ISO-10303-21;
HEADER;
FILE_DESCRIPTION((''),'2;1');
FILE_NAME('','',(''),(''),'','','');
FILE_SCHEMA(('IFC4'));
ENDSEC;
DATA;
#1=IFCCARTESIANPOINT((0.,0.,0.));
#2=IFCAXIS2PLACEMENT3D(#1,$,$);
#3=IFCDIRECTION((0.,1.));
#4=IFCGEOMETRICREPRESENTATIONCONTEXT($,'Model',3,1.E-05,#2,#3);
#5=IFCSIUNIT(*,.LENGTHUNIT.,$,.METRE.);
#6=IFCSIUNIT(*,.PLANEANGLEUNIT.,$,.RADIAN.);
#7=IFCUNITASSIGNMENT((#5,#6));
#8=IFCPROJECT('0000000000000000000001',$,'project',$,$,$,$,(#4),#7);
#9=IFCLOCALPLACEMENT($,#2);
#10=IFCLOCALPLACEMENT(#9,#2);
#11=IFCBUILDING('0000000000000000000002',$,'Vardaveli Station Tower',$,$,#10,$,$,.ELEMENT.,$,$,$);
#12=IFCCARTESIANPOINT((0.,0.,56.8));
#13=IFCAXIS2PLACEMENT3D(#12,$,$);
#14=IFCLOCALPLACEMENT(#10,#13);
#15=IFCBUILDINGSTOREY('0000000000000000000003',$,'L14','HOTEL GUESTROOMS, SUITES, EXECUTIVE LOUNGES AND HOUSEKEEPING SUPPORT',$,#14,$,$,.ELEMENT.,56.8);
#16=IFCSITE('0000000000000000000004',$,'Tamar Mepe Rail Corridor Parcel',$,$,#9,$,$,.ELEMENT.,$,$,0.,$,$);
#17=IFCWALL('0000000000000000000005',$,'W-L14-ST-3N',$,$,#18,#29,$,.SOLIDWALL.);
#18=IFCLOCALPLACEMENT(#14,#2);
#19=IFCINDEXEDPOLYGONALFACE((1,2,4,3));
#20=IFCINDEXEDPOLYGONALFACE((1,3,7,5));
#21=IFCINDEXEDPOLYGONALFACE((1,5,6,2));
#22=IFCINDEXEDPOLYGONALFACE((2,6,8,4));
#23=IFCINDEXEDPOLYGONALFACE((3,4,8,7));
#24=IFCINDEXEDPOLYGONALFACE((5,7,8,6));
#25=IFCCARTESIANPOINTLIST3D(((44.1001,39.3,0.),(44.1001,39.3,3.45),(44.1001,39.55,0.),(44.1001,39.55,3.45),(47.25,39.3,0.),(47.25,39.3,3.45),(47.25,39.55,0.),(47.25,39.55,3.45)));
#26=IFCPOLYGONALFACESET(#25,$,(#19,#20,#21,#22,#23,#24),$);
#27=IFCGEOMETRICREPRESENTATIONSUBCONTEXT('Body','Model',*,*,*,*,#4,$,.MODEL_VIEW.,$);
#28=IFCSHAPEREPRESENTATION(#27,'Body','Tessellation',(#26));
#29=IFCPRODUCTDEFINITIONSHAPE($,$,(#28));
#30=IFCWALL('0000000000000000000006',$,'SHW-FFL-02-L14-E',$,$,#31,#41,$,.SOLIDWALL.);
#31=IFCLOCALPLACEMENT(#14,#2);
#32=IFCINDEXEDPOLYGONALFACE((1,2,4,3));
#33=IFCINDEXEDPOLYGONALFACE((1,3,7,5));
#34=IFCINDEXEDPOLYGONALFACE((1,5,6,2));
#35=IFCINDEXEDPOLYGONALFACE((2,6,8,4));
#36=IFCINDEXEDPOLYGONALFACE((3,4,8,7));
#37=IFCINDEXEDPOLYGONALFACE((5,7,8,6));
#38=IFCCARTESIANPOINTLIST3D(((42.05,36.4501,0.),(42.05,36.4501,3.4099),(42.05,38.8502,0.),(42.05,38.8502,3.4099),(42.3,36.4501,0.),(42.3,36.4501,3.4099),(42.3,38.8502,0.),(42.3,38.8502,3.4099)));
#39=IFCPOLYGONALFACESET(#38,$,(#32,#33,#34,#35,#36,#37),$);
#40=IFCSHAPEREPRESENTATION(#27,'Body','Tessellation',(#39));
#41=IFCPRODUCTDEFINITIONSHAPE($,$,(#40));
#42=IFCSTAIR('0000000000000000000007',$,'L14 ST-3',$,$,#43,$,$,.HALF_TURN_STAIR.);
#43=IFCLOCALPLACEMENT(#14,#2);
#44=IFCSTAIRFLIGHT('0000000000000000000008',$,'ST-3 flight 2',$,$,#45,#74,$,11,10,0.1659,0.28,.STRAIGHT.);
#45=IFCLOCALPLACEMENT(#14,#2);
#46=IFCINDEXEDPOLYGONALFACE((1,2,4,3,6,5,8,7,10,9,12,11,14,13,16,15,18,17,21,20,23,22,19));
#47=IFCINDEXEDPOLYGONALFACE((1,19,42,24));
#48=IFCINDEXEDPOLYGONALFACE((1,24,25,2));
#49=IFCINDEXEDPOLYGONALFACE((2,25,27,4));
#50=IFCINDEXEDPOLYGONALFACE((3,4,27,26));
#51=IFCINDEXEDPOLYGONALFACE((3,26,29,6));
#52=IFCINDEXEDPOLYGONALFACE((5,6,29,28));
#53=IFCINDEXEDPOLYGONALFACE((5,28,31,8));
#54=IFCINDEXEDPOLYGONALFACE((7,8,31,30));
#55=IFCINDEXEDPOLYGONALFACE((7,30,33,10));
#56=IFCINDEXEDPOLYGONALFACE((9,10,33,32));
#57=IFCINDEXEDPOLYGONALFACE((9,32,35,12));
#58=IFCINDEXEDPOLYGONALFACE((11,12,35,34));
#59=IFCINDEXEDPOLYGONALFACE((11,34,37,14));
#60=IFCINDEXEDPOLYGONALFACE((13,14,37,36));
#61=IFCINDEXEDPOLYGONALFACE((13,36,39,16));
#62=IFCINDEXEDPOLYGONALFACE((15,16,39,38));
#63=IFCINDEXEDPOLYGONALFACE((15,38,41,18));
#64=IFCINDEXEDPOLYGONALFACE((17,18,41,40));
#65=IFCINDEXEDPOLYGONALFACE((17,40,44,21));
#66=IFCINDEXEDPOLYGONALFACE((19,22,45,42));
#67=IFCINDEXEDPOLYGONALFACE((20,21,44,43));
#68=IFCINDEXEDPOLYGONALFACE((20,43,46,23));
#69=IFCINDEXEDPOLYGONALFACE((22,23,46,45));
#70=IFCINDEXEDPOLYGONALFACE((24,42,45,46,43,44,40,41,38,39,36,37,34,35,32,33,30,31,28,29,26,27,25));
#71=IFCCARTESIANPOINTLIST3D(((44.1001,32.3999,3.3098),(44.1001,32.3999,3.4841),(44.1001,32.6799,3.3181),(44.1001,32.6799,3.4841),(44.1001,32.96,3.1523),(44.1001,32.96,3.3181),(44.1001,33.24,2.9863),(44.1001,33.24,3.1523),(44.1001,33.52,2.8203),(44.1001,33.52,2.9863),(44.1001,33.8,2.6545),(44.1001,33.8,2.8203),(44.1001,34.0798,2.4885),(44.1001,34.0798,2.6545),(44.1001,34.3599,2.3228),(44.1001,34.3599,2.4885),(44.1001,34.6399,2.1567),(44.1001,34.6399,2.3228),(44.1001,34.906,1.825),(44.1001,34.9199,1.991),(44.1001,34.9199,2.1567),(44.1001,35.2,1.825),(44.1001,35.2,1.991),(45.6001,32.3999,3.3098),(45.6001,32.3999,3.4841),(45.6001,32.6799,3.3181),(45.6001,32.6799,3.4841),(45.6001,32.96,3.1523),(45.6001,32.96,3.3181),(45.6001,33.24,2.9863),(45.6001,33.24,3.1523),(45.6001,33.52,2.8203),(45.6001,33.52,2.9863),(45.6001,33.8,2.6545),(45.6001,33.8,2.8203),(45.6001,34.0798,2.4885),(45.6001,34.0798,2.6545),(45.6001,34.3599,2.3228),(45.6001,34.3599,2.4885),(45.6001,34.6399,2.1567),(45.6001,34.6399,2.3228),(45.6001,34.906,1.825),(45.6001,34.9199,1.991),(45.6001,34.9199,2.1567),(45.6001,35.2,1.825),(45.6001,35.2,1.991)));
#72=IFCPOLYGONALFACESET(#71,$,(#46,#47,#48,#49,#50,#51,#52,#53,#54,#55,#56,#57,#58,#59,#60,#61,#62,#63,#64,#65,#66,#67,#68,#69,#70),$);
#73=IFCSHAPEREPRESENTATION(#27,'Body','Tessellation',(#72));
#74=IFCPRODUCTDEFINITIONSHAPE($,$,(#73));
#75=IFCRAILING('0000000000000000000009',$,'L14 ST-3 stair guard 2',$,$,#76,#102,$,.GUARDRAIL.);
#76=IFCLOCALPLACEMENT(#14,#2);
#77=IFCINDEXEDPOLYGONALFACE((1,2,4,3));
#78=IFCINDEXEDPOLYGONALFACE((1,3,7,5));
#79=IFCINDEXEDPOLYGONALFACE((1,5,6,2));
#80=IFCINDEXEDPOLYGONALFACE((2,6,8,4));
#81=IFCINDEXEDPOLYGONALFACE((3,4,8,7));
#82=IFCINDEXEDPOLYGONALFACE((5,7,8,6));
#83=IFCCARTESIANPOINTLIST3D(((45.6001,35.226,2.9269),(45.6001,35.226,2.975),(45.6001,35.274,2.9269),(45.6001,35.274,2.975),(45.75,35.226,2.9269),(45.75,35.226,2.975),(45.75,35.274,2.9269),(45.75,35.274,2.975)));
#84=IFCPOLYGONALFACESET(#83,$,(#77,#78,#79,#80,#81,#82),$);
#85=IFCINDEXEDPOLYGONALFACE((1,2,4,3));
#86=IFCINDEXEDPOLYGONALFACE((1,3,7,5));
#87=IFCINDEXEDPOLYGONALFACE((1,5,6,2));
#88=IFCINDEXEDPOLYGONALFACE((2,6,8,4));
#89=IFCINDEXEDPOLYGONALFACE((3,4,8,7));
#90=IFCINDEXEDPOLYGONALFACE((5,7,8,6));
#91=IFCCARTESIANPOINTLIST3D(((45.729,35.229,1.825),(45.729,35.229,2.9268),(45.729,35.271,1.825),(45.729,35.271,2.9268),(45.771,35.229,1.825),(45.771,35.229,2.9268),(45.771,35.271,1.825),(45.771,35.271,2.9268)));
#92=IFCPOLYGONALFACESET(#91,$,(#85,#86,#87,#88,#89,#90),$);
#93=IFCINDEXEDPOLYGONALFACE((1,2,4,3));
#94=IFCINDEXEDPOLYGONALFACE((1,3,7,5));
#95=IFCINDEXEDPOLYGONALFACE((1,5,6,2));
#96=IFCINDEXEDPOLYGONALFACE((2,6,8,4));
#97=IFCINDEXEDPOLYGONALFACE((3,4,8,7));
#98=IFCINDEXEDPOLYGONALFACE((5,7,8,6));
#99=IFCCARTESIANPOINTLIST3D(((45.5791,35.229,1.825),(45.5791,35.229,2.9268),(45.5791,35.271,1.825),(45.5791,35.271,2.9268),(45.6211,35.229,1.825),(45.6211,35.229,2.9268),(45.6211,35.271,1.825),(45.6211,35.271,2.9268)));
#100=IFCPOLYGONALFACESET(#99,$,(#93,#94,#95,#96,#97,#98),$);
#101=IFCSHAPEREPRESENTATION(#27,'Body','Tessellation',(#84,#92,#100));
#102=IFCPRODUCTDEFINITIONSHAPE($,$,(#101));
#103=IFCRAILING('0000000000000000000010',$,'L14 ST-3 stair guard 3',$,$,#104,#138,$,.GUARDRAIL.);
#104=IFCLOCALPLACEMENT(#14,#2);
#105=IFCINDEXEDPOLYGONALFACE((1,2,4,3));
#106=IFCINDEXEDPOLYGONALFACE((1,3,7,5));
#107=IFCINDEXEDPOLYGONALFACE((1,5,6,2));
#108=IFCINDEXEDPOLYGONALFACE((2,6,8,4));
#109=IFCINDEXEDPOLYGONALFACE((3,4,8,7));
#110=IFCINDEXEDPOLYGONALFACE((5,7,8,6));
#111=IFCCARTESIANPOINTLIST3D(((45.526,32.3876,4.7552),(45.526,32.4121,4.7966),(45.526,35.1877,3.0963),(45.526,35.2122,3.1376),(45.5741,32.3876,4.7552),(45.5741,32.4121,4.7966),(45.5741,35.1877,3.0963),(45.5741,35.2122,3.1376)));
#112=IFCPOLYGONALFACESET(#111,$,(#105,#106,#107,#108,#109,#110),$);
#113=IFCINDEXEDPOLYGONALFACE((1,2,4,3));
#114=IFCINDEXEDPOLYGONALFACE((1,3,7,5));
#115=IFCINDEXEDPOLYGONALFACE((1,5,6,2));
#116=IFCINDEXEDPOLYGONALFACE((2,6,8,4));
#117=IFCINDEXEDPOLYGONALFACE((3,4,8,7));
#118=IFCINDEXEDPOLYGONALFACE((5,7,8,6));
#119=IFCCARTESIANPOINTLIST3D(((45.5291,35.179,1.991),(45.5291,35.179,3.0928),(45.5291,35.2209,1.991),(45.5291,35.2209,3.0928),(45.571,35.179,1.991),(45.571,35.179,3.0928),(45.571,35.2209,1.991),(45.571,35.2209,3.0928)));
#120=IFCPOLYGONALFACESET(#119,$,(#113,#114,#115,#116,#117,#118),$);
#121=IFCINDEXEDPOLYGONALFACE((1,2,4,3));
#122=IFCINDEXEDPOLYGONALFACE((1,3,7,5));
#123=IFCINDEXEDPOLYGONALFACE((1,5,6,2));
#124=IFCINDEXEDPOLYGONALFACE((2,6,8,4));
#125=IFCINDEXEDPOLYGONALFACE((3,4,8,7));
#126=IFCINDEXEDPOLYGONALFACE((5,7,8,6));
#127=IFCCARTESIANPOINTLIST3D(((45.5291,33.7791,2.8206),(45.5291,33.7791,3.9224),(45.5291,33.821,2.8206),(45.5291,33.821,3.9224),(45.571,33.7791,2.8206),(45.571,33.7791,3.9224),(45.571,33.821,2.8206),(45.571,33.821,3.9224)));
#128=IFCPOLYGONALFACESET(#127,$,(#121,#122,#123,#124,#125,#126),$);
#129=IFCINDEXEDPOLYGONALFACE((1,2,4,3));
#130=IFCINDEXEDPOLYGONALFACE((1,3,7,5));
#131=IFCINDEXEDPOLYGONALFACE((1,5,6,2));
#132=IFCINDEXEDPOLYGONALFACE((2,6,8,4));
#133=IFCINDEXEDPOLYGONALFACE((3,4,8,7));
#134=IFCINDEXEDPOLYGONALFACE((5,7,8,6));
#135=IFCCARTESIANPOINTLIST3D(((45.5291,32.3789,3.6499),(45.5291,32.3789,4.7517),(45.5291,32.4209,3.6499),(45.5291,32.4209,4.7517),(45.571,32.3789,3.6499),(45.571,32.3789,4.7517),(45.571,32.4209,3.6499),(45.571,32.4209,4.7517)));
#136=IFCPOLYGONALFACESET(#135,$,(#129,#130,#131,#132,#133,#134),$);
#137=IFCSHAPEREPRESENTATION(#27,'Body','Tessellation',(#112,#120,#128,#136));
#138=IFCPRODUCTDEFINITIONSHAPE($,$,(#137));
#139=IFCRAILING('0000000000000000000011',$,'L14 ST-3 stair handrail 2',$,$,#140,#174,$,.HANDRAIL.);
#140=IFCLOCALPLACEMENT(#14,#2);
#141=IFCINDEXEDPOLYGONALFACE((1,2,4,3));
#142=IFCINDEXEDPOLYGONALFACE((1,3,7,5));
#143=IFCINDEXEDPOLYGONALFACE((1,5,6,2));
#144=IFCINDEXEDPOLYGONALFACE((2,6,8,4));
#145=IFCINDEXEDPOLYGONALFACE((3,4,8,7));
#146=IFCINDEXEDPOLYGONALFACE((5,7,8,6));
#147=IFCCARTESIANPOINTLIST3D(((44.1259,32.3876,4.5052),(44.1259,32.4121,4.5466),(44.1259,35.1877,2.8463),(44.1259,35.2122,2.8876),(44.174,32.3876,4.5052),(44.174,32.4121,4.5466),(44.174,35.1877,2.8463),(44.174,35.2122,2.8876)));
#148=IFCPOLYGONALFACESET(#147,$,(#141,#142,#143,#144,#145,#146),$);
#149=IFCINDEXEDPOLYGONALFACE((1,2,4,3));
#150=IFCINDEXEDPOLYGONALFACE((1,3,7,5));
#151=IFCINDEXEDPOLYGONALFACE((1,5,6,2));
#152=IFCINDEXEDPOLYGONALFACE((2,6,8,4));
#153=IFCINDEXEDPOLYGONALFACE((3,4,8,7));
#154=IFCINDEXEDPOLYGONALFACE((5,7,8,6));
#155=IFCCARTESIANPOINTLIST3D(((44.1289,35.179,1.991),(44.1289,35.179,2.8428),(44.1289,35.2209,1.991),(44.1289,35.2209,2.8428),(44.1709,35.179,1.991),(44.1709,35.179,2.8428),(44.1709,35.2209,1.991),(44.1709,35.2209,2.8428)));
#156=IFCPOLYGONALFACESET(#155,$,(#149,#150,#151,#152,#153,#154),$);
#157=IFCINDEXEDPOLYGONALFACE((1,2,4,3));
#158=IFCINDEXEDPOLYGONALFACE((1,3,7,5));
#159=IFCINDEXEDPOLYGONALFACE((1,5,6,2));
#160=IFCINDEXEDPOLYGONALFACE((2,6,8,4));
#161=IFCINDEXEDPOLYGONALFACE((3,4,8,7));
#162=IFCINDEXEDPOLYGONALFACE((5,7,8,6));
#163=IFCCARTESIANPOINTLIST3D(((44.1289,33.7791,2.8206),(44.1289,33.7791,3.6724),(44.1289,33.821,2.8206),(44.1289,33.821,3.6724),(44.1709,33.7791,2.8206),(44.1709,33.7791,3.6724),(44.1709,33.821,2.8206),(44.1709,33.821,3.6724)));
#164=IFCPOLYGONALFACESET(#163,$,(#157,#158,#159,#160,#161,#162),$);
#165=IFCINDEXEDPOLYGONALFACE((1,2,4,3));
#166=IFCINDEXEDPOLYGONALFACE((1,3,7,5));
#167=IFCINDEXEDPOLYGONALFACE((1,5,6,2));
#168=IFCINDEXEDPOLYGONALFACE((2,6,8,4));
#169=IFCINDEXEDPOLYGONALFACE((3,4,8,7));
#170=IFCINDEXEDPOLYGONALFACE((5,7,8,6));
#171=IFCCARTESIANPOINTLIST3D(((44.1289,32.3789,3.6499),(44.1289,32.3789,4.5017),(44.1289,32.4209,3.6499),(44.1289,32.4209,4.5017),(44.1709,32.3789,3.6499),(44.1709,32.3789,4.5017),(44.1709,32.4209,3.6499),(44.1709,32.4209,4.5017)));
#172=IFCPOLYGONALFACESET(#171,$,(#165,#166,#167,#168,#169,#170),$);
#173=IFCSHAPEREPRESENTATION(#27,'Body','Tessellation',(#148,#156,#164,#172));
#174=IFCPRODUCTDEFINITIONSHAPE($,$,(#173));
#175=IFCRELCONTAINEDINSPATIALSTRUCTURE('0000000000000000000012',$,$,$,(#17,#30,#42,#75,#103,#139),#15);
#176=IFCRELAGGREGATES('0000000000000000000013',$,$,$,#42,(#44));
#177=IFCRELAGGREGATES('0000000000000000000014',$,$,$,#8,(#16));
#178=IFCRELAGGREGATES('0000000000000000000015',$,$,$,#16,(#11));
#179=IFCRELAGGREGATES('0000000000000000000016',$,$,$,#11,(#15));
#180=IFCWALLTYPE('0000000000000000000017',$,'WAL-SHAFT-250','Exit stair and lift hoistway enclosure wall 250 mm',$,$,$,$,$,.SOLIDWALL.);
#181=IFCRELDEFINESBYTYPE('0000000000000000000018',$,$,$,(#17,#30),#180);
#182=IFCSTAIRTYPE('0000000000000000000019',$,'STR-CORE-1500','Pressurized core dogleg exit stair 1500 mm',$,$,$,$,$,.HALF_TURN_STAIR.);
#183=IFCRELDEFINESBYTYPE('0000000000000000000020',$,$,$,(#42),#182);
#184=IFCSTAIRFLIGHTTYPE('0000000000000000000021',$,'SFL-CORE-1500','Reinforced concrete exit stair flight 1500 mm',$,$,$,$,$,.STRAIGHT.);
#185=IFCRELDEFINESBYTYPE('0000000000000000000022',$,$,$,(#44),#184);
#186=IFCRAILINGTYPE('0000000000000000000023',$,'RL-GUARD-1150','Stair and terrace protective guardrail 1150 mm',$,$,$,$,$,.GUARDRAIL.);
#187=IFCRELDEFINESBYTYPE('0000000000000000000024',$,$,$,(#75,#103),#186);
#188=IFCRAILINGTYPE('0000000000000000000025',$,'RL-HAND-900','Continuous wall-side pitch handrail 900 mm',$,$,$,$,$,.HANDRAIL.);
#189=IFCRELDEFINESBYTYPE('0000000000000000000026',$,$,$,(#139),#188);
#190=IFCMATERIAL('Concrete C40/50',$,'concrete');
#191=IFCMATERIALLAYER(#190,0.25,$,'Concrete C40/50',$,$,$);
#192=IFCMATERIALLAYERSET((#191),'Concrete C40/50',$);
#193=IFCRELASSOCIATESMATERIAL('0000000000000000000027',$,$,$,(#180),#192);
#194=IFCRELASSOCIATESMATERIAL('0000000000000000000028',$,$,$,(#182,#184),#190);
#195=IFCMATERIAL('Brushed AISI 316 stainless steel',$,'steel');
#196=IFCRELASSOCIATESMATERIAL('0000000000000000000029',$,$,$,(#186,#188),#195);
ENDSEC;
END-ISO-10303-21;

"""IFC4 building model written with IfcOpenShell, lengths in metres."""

from ifc_helpers import new_model, si_unit, direction, frame, frame_2d, origin, origin_2d, place, context, subcontext, project, spatial, polyline, rectangle, outline, extrude, source, transform, mapped, material, layer, layer_set, type_object, element, aggregate, save


model = new_model("IFC4")

# Units and contexts
model_context = context("Model", 3, precision=1e-05, world=origin(), true_north=direction((0.0, 1.0)))
body_context = subcontext(model_context, "Body", "Model", "MODEL_VIEW")
ifc_project = project(units=[si_unit("LENGTHUNIT", "METRE"), si_unit("PLANEANGLEUNIT", "RADIAN")], contexts=[model_context])

# Site, building, storey
site_placement = place(None, origin())
site = spatial("IfcSite", under=ifc_project, at=site_placement, Name="Tamar Mepe Rail Corridor Parcel", CompositionType="ELEMENT", RefElevation=0.0)
building_placement = place(site_placement, origin())
building = spatial("IfcBuilding", under=site, at=building_placement, Name="Vardaveli Station Tower", CompositionType="ELEMENT")
storey_placement = place(building_placement, frame((0.0, 0.0, 56.8)))
storey = spatial("IfcBuildingStorey", under=building, at=storey_placement, Name="L14", Description="HOTEL GUESTROOMS, SUITES, EXECUTIVE LOUNGES AND HOUSEKEEPING SUPPORT", CompositionType="ELEMENT", Elevation=56.8)

# Walls
ifc_material_1 = material(Name="Concrete C40/50", Category="concrete")
ifc_layer_1 = layer(ifc_material_1, 0.25, Name="Concrete C40/50")
ifc_layer_set_1 = layer_set([ifc_layer_1], Name="Concrete C40/50")
wall_type_1 = type_object("IfcWallType", Name="WAL-SHAFT-250", Description="Exit stair and lift hoistway enclosure wall 250 mm", PredefinedType="SOLIDWALL", material=ifc_layer_set_1)
shared_shape_1 = source(origin(), body_context, "Body", "SweptSolid", [
    extrude(rectangle(XDim=3.1499, YDim=0.25, at=frame_2d((1.575, 0.0))), origin(), (0.0, 0.0, 1.0), 3.45),
])
wall_1_placement = place(storey_placement, frame((44.1001, 39.425, 0.0), z_axis=(0.0, 0.0, 1.0), x_axis=(1.0, 0.0, 0.0)))
element("IfcWall", 1, at=wall_1_placement, inside=storey, type_object=wall_type_1, Name="W-L14-ST-3N", PredefinedType="SOLIDWALL", context=body_context, shape_type="MappedRepresentation", body=[
    mapped(shared_shape_1, transform((0.0, 0.0, 0.0), scale=1.0)),
])
shared_shape_2 = source(origin(), body_context, "Body", "SweptSolid", [
    extrude(rectangle(XDim=2.4001, YDim=0.25, at=frame_2d((1.2002, 0.0))), origin(), (0.0, 0.0, 1.0), 3.4099),
])
wall_2_placement = place(storey_placement, frame((42.175, 36.45, 0.0), z_axis=(0.0, 0.0, 1.0), x_axis=(0.0, 1.0, 0.0)))
element("IfcWall", 2, at=wall_2_placement, inside=storey, type_object=wall_type_1, Name="SHW-FFL-02-L14-E", PredefinedType="SOLIDWALL", context=body_context, shape_type="MappedRepresentation", body=[
    mapped(shared_shape_2, transform((0.0, 0.0, 0.0), scale=1.0)),
])

# Stair, stair flight
stair_type = type_object("IfcStairType", Name="STR-CORE-1500", Description="Pressurized core dogleg exit stair 1500 mm", PredefinedType="HALF_TURN_STAIR", material=ifc_material_1)
stair_placement = place(storey_placement, origin())
stair = element("IfcStair", 3, at=stair_placement, inside=storey, type_object=stair_type, Name="L14 ST-3", PredefinedType="HALF_TURN_STAIR")
stair_flight_type = type_object("IfcStairFlightType", Name="SFL-CORE-1500", Description="Reinforced concrete exit stair flight 1500 mm", PredefinedType="STRAIGHT", material=ifc_material_1)
shared_shape_3 = source(origin(), body_context, "Body", "SweptSolid", [
    extrude(outline(polyline([(0.0, 0.0), (0.0, 0.166), (0.28, 0.166), (0.28, 0.3318), (0.5601, 0.3318), (0.5601, 0.4978), (0.8401, 0.4978), (0.8401, 0.6636), (1.1201, 0.6636), (1.1201, 0.8296), (1.3999, 0.8296), (1.3999, 0.9954), (1.6799, 0.9954), (1.6799, 1.1614), (1.96, 1.1614), (1.96, 1.3274), (2.24, 1.3274), (2.24, 1.4932), (2.52, 1.4932), (2.52, 1.6592), (2.8, 1.6592), (2.8, 1.825), (2.8, 1.4849), (0.2939, 0.0), (0.0, 0.0)])), frame((0.0, 0.75, 0.0), z_axis=(0.0, -1.0, 0.0), x_axis=(1.0, 0.0, 0.0)), (0.0, 0.0, 1.0), 1.5),
])
stair_flight_placement = place(storey_placement, frame((44.8501, 35.2, 1.825), z_axis=(0.0, 0.0, 1.0), x_axis=(0.0, -1.0, 0.0)))
stair_flight = element("IfcStairFlight", 4, at=stair_flight_placement, type_object=stair_flight_type, Name="ST-3 flight 2", NumberOfRisers=11, NumberOfTreads=10, PredefinedType="STRAIGHT", RiserHeight=0.1659, TreadLength=0.28, context=body_context, shape_type="MappedRepresentation", body=[
    mapped(shared_shape_3, transform((0.0, 0.0, 0.0), scale=1.0)),
])
aggregate(stair, [stair_flight])

# Railings
ifc_material_2 = material(Name="Brushed AISI 316 stainless steel", Category="steel")
railing_type_1 = type_object("IfcRailingType", Name="RL-GUARD-1150", Description="Stair and terrace protective guardrail 1150 mm", PredefinedType="GUARDRAIL", material=ifc_material_2)
shared_shape_4 = source(origin(), body_context, "Body", "SweptSolid", [
    extrude(rectangle(XDim=0.0481, YDim=0.0481, at=origin_2d()), frame((0.0, 0.0, 1.126), z_axis=(-1.0, 0.0, 0.0), x_axis=(0.0, -1.0, 0.0)), (0.0, 0.0, 1.0), 0.1499),
    extrude(rectangle(XDim=0.042, YDim=0.042, at=origin_2d()), origin(), (0.0, 0.0, 1.0), 1.1018),
    extrude(rectangle(XDim=0.042, YDim=0.042, at=origin_2d()), frame((-0.1499, 0.0, 0.0)), (0.0, 0.0, 1.0), 1.1018),
])
railing_1_placement = place(storey_placement, frame((45.75, 35.25, 1.825)))
element("IfcRailing", 5, at=railing_1_placement, inside=storey, type_object=railing_type_1, Name="L14 ST-3 stair guard 2", PredefinedType="GUARDRAIL", context=body_context, shape_type="MappedRepresentation", body=[
    mapped(shared_shape_4, transform((0.0, 0.0, 0.0), scale=1.0)),
])
shared_shape_5 = source(origin(), body_context, "Body", "SweptSolid", [
    extrude(rectangle(XDim=0.0481, YDim=0.0481, at=origin_2d()), frame((0.0, 0.0, 1.126), z_axis=(0.0, -0.860339, 0.509722), x_axis=(1.0, 0.0, 0.0)), (0.0, 0.0, 1.0), 3.2546),
    extrude(rectangle(XDim=0.042, YDim=0.042, at=origin_2d()), origin(), (0.0, 0.0, 1.0), 1.1018),
    extrude(rectangle(XDim=0.042, YDim=0.042, at=origin_2d()), frame((0.0, -1.3999, 0.8296)), (0.0, 0.0, 1.0), 1.1018),
    extrude(rectangle(XDim=0.042, YDim=0.042, at=origin_2d()), frame((0.0, -2.8, 1.6589)), (0.0, 0.0, 1.0), 1.1018),
])
railing_2_placement = place(storey_placement, frame((45.55, 35.2, 1.991)))
element("IfcRailing", 6, at=railing_2_placement, inside=storey, type_object=railing_type_1, Name="L14 ST-3 stair guard 3", PredefinedType="GUARDRAIL", context=body_context, shape_type="MappedRepresentation", body=[
    mapped(shared_shape_5, transform((0.0, 0.0, 0.0), scale=1.0)),
])
railing_type_2 = type_object("IfcRailingType", Name="RL-HAND-900", Description="Continuous wall-side pitch handrail 900 mm", PredefinedType="HANDRAIL", material=ifc_material_2)
shared_shape_6 = source(origin(), body_context, "Body", "SweptSolid", [
    extrude(rectangle(XDim=0.0481, YDim=0.0481, at=origin_2d()), frame((0.0, 0.0, 0.876), z_axis=(0.0, -0.860339, 0.509722), x_axis=(1.0, 0.0, 0.0)), (0.0, 0.0, 1.0), 3.2546),
    extrude(rectangle(XDim=0.042, YDim=0.042, at=origin_2d()), origin(), (0.0, 0.0, 1.0), 0.8518),
    extrude(rectangle(XDim=0.042, YDim=0.042, at=origin_2d()), frame((0.0, -1.3999, 0.8296)), (0.0, 0.0, 1.0), 0.8518),
    extrude(rectangle(XDim=0.042, YDim=0.042, at=origin_2d()), frame((0.0, -2.8, 1.6589)), (0.0, 0.0, 1.0), 0.8518),
])
railing_3_placement = place(storey_placement, frame((44.1499, 35.2, 1.991)))
element("IfcRailing", 7, at=railing_3_placement, inside=storey, type_object=railing_type_2, Name="L14 ST-3 stair handrail 2", PredefinedType="HANDRAIL", context=body_context, shape_type="MappedRepresentation", body=[
    mapped(shared_shape_6, transform((0.0, 0.0, 0.0), scale=1.0)),
])

save(model, "model.ifc")
